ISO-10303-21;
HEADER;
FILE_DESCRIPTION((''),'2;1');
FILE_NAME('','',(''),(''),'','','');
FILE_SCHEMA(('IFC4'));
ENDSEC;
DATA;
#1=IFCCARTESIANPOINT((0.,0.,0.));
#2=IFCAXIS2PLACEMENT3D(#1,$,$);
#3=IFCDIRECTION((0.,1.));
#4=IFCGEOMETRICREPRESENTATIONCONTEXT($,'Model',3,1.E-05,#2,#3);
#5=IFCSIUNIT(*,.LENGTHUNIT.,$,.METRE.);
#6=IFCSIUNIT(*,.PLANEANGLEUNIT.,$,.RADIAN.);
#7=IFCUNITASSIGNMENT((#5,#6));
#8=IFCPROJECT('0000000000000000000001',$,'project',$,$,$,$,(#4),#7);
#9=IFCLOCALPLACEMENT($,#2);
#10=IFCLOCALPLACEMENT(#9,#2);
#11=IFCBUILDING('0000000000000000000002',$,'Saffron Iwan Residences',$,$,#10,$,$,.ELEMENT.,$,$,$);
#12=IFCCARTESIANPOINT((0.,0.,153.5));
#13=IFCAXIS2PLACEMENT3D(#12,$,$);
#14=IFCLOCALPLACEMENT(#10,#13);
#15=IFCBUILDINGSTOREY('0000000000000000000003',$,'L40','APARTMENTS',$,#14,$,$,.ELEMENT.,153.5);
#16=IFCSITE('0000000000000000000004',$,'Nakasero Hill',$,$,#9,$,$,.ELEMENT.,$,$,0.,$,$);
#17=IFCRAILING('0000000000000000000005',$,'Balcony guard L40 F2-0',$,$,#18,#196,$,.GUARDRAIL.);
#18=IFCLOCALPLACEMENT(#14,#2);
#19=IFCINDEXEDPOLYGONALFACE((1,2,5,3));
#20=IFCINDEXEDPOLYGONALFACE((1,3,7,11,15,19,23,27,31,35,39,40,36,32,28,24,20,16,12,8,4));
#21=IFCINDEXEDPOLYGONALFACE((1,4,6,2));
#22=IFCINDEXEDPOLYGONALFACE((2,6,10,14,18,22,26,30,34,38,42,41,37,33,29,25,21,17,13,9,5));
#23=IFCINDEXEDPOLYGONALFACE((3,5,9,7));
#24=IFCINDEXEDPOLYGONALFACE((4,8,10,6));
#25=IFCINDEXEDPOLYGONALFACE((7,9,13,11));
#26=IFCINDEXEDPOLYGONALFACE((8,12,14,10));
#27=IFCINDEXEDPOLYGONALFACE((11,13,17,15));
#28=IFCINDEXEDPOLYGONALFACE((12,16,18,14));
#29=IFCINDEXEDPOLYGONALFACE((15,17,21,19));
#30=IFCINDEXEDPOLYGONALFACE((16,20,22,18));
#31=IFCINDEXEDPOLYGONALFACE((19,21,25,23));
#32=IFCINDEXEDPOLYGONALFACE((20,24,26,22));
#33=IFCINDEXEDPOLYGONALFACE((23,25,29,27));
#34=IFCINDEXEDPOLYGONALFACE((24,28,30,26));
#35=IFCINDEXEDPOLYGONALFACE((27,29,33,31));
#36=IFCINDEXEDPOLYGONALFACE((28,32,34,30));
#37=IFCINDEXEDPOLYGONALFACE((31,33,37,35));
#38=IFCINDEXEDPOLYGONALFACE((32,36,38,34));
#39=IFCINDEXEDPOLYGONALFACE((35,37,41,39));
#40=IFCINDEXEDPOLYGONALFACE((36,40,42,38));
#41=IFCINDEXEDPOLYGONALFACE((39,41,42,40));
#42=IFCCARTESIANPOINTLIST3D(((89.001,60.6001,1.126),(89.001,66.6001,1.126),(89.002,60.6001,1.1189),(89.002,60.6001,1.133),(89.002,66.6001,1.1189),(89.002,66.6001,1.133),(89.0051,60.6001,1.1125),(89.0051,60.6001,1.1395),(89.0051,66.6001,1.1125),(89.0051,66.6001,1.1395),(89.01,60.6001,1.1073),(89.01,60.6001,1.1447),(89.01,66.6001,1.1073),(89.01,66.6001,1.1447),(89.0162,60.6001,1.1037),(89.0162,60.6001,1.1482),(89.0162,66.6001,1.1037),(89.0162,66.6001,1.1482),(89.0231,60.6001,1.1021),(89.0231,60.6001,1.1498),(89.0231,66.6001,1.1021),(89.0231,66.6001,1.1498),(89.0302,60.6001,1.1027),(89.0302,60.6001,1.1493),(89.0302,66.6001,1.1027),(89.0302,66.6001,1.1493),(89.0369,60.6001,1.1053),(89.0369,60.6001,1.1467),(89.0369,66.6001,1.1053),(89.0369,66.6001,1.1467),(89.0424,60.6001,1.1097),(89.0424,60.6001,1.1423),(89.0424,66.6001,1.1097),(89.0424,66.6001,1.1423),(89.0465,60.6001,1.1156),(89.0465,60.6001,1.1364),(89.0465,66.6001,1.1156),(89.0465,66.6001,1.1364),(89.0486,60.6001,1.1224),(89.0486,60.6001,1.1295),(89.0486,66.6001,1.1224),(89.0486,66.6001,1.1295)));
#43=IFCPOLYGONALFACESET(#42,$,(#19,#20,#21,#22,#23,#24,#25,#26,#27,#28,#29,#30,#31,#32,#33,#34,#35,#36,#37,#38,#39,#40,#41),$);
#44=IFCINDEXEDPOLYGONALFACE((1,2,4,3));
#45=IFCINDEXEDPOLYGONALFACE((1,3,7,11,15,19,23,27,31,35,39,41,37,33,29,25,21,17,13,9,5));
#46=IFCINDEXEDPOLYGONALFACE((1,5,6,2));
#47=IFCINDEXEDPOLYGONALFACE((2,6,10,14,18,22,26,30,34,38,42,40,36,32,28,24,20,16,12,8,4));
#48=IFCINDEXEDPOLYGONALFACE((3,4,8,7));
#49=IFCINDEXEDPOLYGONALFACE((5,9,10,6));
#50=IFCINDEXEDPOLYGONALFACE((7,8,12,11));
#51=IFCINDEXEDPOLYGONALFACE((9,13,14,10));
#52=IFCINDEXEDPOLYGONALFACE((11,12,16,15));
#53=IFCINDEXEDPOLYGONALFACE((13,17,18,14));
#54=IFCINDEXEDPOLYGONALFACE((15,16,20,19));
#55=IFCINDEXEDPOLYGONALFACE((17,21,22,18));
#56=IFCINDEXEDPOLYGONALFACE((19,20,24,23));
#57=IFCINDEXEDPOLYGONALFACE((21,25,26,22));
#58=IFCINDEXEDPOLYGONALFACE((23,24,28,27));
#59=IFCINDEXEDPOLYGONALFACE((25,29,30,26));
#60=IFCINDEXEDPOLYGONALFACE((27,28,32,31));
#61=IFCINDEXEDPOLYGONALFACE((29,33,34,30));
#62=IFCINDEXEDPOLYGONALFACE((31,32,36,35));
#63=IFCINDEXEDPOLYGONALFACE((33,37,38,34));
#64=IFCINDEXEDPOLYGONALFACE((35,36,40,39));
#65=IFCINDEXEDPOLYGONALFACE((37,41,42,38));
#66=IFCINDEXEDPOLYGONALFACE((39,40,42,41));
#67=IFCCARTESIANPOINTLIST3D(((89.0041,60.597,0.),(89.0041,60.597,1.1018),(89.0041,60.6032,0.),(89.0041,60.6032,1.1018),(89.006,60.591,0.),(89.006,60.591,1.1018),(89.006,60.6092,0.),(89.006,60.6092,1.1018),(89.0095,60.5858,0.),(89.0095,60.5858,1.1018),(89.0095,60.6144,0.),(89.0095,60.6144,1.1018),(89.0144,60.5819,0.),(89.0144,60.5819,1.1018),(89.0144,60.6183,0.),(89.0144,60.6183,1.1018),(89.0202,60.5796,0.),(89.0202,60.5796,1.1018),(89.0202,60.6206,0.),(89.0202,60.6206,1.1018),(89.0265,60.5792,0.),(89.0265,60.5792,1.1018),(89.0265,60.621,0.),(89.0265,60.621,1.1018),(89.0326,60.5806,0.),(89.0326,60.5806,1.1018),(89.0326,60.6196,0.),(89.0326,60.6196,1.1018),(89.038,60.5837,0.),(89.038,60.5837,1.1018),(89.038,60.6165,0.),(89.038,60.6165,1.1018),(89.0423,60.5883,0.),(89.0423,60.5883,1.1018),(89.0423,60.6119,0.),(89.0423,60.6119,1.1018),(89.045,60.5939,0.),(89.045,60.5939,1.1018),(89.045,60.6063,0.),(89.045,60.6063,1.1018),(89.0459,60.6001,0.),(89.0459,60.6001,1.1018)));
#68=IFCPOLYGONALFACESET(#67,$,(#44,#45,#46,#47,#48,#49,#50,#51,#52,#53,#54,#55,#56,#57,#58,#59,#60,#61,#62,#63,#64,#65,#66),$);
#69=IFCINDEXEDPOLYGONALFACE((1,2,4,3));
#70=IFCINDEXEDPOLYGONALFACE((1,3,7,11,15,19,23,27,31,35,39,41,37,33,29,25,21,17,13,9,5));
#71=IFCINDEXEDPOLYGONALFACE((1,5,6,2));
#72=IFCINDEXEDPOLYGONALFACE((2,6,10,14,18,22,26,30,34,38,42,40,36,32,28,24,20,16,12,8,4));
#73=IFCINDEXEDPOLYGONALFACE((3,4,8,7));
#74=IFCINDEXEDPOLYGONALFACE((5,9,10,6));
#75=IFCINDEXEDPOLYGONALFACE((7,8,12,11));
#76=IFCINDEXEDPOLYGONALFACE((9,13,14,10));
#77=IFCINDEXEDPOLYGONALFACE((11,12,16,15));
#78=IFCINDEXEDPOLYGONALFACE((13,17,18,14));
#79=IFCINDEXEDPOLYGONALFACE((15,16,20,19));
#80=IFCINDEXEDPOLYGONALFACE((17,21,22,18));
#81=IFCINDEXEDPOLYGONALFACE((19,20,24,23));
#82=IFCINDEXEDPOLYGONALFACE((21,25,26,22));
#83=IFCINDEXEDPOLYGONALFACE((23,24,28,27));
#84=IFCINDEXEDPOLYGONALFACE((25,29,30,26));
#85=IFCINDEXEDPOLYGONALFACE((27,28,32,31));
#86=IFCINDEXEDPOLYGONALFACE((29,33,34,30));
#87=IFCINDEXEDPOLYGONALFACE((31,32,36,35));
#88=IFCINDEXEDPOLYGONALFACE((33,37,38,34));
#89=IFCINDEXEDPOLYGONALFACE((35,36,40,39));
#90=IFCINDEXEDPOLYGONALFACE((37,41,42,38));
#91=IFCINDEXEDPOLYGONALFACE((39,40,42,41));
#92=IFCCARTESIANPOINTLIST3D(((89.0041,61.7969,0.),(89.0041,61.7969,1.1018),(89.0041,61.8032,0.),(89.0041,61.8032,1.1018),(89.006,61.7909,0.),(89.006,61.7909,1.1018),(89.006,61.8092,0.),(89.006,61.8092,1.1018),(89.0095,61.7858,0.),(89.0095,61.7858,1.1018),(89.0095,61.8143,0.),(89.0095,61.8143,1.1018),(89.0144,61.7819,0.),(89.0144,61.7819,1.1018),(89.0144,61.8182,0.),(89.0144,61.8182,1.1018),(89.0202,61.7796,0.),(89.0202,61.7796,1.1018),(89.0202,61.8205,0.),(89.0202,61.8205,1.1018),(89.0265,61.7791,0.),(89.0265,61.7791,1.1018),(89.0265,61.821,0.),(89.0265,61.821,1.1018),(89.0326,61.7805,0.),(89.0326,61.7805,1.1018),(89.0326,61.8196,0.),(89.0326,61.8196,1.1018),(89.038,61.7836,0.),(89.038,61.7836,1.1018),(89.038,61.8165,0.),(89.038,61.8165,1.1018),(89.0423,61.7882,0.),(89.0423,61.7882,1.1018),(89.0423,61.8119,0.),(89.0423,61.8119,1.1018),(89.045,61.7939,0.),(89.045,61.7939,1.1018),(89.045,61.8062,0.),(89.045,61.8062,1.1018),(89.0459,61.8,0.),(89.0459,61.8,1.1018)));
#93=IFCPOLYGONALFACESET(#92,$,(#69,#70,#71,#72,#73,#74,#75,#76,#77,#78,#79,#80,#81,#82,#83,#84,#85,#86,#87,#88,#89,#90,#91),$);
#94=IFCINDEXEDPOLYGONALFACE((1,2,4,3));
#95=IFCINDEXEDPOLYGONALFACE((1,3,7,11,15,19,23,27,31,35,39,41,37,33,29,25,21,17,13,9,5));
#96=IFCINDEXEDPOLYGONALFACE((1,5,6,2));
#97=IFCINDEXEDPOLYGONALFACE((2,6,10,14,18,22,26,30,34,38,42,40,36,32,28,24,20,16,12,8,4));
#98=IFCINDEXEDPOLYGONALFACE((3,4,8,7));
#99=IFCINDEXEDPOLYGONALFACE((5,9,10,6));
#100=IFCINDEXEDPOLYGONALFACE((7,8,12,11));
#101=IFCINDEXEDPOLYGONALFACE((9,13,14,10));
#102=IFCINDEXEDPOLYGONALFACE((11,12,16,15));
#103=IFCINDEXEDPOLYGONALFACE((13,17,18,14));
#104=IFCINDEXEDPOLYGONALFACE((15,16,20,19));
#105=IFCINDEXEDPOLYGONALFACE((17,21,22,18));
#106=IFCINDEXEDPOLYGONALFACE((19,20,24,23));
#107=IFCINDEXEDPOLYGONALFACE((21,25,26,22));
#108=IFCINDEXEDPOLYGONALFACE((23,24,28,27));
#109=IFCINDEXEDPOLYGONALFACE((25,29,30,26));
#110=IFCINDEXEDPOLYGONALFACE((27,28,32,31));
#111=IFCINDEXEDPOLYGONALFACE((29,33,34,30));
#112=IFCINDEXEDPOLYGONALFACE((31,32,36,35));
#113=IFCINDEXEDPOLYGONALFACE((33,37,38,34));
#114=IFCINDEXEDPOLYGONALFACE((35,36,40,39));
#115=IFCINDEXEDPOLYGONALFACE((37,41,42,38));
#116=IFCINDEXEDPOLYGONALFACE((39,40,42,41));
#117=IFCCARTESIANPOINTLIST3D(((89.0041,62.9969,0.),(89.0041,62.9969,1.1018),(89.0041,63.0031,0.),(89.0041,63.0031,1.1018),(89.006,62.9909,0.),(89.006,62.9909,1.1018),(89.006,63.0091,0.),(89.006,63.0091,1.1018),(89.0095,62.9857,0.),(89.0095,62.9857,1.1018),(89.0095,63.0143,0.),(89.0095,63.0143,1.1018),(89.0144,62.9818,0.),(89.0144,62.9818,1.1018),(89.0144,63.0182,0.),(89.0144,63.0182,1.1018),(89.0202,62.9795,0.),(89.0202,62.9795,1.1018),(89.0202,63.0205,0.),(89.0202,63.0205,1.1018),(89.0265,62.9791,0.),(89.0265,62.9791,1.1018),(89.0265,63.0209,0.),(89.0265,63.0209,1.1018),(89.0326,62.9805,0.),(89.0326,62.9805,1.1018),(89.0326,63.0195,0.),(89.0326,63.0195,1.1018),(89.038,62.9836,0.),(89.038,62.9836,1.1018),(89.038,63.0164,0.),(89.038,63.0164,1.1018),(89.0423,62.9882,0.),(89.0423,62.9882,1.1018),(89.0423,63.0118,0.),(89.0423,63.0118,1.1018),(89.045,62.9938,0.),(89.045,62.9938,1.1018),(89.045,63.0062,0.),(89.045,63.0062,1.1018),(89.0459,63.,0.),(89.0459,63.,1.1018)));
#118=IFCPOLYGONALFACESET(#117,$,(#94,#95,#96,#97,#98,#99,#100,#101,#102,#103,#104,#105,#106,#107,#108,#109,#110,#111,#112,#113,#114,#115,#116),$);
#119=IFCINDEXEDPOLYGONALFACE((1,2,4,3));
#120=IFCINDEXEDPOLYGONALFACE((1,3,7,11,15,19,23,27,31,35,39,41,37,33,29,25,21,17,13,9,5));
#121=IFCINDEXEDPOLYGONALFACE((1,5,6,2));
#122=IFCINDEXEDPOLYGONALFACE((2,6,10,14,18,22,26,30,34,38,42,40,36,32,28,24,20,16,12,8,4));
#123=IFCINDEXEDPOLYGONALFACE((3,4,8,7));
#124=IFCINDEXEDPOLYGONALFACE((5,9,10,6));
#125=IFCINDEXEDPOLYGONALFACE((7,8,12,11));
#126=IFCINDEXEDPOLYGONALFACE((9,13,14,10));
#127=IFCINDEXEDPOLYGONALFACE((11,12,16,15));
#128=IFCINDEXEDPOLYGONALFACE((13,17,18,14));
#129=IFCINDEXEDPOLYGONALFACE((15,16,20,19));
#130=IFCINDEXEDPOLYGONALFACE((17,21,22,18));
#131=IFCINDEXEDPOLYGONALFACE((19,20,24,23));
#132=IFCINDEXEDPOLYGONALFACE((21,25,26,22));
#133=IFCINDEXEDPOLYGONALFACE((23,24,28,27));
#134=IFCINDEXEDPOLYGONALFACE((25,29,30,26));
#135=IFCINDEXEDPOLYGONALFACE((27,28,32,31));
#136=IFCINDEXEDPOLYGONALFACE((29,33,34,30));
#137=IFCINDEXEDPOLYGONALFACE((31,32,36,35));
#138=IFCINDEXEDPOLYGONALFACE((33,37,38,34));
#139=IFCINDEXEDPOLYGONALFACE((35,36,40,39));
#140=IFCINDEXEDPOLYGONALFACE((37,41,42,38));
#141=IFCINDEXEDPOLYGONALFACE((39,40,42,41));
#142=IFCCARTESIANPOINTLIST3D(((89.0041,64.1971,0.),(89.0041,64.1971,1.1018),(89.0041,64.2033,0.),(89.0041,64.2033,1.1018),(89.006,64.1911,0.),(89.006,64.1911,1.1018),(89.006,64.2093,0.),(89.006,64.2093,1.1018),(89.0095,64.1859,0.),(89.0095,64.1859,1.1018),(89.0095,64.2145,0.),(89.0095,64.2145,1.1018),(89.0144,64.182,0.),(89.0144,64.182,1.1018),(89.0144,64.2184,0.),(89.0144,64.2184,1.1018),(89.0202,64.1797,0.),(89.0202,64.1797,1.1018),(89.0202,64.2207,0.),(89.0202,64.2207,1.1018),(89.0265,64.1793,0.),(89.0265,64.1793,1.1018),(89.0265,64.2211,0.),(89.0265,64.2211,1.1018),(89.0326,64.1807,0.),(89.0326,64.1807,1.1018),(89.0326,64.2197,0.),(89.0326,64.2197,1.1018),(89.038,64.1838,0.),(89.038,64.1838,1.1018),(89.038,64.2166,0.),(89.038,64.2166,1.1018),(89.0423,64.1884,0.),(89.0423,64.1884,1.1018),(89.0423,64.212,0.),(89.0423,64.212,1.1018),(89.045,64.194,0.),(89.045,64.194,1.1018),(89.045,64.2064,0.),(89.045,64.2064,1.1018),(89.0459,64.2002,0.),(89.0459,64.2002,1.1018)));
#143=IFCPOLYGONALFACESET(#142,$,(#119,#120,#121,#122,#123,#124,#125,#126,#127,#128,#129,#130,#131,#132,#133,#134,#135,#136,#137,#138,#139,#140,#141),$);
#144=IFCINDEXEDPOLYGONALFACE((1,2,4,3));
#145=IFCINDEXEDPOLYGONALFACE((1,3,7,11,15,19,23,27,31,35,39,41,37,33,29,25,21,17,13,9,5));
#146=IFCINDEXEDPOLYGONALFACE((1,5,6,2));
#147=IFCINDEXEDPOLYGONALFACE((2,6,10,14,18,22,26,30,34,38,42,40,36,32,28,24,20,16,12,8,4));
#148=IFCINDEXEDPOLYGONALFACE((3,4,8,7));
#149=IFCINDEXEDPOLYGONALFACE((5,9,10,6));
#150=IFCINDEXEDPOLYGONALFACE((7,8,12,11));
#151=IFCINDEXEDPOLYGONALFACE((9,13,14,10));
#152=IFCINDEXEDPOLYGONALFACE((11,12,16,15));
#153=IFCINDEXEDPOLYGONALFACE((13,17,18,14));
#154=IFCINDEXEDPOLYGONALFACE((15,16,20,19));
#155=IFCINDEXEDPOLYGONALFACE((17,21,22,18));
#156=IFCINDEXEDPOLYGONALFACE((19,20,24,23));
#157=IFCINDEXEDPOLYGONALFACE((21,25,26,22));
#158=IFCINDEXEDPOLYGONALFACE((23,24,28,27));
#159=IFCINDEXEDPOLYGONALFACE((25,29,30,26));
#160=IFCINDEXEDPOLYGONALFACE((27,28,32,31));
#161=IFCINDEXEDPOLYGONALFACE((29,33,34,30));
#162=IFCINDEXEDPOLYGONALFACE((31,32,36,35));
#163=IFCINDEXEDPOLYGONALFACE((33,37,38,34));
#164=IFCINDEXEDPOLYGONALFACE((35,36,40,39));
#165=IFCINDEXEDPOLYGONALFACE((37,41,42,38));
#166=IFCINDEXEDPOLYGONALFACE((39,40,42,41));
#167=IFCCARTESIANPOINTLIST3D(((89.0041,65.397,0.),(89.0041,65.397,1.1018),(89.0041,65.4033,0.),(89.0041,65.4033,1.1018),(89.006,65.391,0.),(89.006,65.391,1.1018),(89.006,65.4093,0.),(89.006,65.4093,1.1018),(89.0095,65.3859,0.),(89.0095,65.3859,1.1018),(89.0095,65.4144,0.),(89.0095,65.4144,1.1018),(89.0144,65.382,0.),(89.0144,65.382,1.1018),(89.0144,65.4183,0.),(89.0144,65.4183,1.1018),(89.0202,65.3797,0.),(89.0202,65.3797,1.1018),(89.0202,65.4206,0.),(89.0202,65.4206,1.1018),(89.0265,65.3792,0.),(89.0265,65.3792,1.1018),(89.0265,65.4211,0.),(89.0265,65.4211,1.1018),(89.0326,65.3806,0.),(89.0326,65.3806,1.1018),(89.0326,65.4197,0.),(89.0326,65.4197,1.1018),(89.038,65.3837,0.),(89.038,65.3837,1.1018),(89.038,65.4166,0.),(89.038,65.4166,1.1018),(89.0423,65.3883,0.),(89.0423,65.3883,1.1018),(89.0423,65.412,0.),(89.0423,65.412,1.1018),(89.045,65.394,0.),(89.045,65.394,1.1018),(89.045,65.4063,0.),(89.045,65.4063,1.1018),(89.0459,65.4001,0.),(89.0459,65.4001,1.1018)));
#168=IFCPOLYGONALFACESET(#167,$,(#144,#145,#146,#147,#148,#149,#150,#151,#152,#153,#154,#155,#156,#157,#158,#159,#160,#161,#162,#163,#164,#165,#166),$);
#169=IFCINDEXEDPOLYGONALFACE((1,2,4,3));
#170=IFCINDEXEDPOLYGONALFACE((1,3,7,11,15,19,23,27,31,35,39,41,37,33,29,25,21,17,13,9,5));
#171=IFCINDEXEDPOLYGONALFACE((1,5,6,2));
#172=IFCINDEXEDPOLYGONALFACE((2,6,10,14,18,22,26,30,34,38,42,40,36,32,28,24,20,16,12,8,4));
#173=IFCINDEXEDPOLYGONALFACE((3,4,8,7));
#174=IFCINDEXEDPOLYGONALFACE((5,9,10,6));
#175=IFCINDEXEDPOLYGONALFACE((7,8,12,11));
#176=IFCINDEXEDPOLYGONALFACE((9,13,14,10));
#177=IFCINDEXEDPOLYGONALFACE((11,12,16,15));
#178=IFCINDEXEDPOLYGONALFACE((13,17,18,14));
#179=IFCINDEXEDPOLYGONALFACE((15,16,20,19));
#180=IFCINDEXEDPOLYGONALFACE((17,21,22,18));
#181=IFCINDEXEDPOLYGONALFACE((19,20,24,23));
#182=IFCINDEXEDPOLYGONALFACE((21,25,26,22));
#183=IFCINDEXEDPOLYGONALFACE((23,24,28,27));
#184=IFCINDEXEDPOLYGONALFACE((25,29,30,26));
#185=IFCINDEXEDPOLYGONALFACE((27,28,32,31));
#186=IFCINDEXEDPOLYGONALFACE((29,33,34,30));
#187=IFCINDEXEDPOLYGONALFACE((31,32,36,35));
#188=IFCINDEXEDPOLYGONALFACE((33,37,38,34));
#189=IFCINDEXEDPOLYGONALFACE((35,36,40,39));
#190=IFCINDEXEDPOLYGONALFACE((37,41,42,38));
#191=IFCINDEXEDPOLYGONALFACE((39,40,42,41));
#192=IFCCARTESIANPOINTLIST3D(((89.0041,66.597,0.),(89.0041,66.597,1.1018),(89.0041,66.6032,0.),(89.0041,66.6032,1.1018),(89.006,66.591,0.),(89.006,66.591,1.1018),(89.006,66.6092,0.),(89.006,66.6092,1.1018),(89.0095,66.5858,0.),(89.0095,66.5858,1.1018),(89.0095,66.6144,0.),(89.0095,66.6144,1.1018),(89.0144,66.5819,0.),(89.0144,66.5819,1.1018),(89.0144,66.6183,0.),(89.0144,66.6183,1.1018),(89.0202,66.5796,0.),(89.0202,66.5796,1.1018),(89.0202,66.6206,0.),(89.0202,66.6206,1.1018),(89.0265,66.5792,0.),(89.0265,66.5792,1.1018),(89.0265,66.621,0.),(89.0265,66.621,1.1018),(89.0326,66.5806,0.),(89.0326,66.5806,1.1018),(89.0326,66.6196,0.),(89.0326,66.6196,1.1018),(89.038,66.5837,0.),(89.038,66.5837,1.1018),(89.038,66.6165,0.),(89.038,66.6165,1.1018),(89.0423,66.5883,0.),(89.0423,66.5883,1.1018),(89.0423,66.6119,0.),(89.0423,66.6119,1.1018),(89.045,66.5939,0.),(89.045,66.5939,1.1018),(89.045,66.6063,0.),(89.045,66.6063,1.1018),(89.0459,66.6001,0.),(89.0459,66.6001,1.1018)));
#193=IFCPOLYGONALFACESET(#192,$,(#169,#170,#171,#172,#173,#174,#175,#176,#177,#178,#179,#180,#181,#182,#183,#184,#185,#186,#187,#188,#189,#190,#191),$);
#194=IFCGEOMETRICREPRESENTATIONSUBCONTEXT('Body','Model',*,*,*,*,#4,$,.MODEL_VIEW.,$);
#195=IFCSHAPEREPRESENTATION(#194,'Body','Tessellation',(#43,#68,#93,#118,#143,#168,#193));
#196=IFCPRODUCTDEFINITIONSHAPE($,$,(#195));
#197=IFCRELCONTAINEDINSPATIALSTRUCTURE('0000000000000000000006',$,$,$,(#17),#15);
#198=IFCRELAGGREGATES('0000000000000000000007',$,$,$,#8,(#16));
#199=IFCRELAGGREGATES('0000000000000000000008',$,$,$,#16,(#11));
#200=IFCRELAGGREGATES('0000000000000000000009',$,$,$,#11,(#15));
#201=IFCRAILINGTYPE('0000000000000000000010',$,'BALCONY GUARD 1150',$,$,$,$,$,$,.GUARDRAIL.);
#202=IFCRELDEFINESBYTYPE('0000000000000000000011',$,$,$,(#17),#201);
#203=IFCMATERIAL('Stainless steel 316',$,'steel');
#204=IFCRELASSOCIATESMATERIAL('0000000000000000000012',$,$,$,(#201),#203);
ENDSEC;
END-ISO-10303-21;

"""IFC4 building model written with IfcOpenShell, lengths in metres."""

from ifc_helpers import new_model, si_unit, direction, frame, origin, origin_2d, place, context, subcontext, project, spatial, circle, extrude, material, type_object, element, save


model = new_model("IFC4")

# Units and contexts
model_context = context("Model", 3, precision=1e-05, world=origin(), true_north=direction((0.0, 1.0)))
body_context = subcontext(model_context, "Body", "Model", "MODEL_VIEW")
ifc_project = project(units=[si_unit("LENGTHUNIT", "METRE"), si_unit("PLANEANGLEUNIT", "RADIAN")], contexts=[model_context])

# Site, building, storey
site_placement = place(None, origin())
site = spatial("IfcSite", under=ifc_project, at=site_placement, Name="Nakasero Hill", CompositionType="ELEMENT", RefElevation=0.0)
building_placement = place(site_placement, origin())
building = spatial("IfcBuilding", under=site, at=building_placement, Name="Saffron Iwan Residences", CompositionType="ELEMENT")
storey_placement = place(building_placement, frame((0.0, 0.0, 153.5)))
storey = spatial("IfcBuildingStorey", under=building, at=storey_placement, Name="L40", Description="APARTMENTS", CompositionType="ELEMENT", Elevation=153.5)

# Railing
ifc_material_1 = material(Name="Stainless steel 316", Category="steel")
railing_type = type_object("IfcRailingType", Name="BALCONY GUARD 1150", PredefinedType="GUARDRAIL", material=ifc_material_1)
railing_placement = place(storey_placement, frame((89.0249, 60.6001, 0.0)))
element("IfcRailing", 1, at=railing_placement, inside=storey, type_object=railing_type, Name="Balcony guard L40 F2-0", PredefinedType="GUARDRAIL", context=body_context, shape_type="SweptSolid", body=[
    extrude(circle(Radius=0.0239, at=origin_2d()), frame((0.0, 0.0, 1.126), z_axis=(0.0, 1.0, 0.0), x_axis=(-1.0, 0.0, 0.0)), (0.0, 0.0, 1.0), 6.0),
    extrude(circle(Radius=0.021, at=origin_2d()), origin(), (0.0, 0.0, 1.0), 1.1018),
    extrude(circle(Radius=0.021, at=origin_2d()), frame((0.0, 1.2, 0.0)), (0.0, 0.0, 1.0), 1.1018),
    extrude(circle(Radius=0.021, at=origin_2d()), frame((0.0, 2.3999, 0.0)), (0.0, 0.0, 1.0), 1.1018),
    extrude(circle(Radius=0.021, at=origin_2d()), frame((0.0, 3.6001, 0.0)), (0.0, 0.0, 1.0), 1.1018),
    extrude(circle(Radius=0.021, at=origin_2d()), frame((0.0, 4.8, 0.0)), (0.0, 0.0, 1.0), 1.1018),
    extrude(circle(Radius=0.021, at=origin_2d()), frame((0.0, 6.0, 0.0)), (0.0, 0.0, 1.0), 1.1018),
])

save(model, "model.ifc")
